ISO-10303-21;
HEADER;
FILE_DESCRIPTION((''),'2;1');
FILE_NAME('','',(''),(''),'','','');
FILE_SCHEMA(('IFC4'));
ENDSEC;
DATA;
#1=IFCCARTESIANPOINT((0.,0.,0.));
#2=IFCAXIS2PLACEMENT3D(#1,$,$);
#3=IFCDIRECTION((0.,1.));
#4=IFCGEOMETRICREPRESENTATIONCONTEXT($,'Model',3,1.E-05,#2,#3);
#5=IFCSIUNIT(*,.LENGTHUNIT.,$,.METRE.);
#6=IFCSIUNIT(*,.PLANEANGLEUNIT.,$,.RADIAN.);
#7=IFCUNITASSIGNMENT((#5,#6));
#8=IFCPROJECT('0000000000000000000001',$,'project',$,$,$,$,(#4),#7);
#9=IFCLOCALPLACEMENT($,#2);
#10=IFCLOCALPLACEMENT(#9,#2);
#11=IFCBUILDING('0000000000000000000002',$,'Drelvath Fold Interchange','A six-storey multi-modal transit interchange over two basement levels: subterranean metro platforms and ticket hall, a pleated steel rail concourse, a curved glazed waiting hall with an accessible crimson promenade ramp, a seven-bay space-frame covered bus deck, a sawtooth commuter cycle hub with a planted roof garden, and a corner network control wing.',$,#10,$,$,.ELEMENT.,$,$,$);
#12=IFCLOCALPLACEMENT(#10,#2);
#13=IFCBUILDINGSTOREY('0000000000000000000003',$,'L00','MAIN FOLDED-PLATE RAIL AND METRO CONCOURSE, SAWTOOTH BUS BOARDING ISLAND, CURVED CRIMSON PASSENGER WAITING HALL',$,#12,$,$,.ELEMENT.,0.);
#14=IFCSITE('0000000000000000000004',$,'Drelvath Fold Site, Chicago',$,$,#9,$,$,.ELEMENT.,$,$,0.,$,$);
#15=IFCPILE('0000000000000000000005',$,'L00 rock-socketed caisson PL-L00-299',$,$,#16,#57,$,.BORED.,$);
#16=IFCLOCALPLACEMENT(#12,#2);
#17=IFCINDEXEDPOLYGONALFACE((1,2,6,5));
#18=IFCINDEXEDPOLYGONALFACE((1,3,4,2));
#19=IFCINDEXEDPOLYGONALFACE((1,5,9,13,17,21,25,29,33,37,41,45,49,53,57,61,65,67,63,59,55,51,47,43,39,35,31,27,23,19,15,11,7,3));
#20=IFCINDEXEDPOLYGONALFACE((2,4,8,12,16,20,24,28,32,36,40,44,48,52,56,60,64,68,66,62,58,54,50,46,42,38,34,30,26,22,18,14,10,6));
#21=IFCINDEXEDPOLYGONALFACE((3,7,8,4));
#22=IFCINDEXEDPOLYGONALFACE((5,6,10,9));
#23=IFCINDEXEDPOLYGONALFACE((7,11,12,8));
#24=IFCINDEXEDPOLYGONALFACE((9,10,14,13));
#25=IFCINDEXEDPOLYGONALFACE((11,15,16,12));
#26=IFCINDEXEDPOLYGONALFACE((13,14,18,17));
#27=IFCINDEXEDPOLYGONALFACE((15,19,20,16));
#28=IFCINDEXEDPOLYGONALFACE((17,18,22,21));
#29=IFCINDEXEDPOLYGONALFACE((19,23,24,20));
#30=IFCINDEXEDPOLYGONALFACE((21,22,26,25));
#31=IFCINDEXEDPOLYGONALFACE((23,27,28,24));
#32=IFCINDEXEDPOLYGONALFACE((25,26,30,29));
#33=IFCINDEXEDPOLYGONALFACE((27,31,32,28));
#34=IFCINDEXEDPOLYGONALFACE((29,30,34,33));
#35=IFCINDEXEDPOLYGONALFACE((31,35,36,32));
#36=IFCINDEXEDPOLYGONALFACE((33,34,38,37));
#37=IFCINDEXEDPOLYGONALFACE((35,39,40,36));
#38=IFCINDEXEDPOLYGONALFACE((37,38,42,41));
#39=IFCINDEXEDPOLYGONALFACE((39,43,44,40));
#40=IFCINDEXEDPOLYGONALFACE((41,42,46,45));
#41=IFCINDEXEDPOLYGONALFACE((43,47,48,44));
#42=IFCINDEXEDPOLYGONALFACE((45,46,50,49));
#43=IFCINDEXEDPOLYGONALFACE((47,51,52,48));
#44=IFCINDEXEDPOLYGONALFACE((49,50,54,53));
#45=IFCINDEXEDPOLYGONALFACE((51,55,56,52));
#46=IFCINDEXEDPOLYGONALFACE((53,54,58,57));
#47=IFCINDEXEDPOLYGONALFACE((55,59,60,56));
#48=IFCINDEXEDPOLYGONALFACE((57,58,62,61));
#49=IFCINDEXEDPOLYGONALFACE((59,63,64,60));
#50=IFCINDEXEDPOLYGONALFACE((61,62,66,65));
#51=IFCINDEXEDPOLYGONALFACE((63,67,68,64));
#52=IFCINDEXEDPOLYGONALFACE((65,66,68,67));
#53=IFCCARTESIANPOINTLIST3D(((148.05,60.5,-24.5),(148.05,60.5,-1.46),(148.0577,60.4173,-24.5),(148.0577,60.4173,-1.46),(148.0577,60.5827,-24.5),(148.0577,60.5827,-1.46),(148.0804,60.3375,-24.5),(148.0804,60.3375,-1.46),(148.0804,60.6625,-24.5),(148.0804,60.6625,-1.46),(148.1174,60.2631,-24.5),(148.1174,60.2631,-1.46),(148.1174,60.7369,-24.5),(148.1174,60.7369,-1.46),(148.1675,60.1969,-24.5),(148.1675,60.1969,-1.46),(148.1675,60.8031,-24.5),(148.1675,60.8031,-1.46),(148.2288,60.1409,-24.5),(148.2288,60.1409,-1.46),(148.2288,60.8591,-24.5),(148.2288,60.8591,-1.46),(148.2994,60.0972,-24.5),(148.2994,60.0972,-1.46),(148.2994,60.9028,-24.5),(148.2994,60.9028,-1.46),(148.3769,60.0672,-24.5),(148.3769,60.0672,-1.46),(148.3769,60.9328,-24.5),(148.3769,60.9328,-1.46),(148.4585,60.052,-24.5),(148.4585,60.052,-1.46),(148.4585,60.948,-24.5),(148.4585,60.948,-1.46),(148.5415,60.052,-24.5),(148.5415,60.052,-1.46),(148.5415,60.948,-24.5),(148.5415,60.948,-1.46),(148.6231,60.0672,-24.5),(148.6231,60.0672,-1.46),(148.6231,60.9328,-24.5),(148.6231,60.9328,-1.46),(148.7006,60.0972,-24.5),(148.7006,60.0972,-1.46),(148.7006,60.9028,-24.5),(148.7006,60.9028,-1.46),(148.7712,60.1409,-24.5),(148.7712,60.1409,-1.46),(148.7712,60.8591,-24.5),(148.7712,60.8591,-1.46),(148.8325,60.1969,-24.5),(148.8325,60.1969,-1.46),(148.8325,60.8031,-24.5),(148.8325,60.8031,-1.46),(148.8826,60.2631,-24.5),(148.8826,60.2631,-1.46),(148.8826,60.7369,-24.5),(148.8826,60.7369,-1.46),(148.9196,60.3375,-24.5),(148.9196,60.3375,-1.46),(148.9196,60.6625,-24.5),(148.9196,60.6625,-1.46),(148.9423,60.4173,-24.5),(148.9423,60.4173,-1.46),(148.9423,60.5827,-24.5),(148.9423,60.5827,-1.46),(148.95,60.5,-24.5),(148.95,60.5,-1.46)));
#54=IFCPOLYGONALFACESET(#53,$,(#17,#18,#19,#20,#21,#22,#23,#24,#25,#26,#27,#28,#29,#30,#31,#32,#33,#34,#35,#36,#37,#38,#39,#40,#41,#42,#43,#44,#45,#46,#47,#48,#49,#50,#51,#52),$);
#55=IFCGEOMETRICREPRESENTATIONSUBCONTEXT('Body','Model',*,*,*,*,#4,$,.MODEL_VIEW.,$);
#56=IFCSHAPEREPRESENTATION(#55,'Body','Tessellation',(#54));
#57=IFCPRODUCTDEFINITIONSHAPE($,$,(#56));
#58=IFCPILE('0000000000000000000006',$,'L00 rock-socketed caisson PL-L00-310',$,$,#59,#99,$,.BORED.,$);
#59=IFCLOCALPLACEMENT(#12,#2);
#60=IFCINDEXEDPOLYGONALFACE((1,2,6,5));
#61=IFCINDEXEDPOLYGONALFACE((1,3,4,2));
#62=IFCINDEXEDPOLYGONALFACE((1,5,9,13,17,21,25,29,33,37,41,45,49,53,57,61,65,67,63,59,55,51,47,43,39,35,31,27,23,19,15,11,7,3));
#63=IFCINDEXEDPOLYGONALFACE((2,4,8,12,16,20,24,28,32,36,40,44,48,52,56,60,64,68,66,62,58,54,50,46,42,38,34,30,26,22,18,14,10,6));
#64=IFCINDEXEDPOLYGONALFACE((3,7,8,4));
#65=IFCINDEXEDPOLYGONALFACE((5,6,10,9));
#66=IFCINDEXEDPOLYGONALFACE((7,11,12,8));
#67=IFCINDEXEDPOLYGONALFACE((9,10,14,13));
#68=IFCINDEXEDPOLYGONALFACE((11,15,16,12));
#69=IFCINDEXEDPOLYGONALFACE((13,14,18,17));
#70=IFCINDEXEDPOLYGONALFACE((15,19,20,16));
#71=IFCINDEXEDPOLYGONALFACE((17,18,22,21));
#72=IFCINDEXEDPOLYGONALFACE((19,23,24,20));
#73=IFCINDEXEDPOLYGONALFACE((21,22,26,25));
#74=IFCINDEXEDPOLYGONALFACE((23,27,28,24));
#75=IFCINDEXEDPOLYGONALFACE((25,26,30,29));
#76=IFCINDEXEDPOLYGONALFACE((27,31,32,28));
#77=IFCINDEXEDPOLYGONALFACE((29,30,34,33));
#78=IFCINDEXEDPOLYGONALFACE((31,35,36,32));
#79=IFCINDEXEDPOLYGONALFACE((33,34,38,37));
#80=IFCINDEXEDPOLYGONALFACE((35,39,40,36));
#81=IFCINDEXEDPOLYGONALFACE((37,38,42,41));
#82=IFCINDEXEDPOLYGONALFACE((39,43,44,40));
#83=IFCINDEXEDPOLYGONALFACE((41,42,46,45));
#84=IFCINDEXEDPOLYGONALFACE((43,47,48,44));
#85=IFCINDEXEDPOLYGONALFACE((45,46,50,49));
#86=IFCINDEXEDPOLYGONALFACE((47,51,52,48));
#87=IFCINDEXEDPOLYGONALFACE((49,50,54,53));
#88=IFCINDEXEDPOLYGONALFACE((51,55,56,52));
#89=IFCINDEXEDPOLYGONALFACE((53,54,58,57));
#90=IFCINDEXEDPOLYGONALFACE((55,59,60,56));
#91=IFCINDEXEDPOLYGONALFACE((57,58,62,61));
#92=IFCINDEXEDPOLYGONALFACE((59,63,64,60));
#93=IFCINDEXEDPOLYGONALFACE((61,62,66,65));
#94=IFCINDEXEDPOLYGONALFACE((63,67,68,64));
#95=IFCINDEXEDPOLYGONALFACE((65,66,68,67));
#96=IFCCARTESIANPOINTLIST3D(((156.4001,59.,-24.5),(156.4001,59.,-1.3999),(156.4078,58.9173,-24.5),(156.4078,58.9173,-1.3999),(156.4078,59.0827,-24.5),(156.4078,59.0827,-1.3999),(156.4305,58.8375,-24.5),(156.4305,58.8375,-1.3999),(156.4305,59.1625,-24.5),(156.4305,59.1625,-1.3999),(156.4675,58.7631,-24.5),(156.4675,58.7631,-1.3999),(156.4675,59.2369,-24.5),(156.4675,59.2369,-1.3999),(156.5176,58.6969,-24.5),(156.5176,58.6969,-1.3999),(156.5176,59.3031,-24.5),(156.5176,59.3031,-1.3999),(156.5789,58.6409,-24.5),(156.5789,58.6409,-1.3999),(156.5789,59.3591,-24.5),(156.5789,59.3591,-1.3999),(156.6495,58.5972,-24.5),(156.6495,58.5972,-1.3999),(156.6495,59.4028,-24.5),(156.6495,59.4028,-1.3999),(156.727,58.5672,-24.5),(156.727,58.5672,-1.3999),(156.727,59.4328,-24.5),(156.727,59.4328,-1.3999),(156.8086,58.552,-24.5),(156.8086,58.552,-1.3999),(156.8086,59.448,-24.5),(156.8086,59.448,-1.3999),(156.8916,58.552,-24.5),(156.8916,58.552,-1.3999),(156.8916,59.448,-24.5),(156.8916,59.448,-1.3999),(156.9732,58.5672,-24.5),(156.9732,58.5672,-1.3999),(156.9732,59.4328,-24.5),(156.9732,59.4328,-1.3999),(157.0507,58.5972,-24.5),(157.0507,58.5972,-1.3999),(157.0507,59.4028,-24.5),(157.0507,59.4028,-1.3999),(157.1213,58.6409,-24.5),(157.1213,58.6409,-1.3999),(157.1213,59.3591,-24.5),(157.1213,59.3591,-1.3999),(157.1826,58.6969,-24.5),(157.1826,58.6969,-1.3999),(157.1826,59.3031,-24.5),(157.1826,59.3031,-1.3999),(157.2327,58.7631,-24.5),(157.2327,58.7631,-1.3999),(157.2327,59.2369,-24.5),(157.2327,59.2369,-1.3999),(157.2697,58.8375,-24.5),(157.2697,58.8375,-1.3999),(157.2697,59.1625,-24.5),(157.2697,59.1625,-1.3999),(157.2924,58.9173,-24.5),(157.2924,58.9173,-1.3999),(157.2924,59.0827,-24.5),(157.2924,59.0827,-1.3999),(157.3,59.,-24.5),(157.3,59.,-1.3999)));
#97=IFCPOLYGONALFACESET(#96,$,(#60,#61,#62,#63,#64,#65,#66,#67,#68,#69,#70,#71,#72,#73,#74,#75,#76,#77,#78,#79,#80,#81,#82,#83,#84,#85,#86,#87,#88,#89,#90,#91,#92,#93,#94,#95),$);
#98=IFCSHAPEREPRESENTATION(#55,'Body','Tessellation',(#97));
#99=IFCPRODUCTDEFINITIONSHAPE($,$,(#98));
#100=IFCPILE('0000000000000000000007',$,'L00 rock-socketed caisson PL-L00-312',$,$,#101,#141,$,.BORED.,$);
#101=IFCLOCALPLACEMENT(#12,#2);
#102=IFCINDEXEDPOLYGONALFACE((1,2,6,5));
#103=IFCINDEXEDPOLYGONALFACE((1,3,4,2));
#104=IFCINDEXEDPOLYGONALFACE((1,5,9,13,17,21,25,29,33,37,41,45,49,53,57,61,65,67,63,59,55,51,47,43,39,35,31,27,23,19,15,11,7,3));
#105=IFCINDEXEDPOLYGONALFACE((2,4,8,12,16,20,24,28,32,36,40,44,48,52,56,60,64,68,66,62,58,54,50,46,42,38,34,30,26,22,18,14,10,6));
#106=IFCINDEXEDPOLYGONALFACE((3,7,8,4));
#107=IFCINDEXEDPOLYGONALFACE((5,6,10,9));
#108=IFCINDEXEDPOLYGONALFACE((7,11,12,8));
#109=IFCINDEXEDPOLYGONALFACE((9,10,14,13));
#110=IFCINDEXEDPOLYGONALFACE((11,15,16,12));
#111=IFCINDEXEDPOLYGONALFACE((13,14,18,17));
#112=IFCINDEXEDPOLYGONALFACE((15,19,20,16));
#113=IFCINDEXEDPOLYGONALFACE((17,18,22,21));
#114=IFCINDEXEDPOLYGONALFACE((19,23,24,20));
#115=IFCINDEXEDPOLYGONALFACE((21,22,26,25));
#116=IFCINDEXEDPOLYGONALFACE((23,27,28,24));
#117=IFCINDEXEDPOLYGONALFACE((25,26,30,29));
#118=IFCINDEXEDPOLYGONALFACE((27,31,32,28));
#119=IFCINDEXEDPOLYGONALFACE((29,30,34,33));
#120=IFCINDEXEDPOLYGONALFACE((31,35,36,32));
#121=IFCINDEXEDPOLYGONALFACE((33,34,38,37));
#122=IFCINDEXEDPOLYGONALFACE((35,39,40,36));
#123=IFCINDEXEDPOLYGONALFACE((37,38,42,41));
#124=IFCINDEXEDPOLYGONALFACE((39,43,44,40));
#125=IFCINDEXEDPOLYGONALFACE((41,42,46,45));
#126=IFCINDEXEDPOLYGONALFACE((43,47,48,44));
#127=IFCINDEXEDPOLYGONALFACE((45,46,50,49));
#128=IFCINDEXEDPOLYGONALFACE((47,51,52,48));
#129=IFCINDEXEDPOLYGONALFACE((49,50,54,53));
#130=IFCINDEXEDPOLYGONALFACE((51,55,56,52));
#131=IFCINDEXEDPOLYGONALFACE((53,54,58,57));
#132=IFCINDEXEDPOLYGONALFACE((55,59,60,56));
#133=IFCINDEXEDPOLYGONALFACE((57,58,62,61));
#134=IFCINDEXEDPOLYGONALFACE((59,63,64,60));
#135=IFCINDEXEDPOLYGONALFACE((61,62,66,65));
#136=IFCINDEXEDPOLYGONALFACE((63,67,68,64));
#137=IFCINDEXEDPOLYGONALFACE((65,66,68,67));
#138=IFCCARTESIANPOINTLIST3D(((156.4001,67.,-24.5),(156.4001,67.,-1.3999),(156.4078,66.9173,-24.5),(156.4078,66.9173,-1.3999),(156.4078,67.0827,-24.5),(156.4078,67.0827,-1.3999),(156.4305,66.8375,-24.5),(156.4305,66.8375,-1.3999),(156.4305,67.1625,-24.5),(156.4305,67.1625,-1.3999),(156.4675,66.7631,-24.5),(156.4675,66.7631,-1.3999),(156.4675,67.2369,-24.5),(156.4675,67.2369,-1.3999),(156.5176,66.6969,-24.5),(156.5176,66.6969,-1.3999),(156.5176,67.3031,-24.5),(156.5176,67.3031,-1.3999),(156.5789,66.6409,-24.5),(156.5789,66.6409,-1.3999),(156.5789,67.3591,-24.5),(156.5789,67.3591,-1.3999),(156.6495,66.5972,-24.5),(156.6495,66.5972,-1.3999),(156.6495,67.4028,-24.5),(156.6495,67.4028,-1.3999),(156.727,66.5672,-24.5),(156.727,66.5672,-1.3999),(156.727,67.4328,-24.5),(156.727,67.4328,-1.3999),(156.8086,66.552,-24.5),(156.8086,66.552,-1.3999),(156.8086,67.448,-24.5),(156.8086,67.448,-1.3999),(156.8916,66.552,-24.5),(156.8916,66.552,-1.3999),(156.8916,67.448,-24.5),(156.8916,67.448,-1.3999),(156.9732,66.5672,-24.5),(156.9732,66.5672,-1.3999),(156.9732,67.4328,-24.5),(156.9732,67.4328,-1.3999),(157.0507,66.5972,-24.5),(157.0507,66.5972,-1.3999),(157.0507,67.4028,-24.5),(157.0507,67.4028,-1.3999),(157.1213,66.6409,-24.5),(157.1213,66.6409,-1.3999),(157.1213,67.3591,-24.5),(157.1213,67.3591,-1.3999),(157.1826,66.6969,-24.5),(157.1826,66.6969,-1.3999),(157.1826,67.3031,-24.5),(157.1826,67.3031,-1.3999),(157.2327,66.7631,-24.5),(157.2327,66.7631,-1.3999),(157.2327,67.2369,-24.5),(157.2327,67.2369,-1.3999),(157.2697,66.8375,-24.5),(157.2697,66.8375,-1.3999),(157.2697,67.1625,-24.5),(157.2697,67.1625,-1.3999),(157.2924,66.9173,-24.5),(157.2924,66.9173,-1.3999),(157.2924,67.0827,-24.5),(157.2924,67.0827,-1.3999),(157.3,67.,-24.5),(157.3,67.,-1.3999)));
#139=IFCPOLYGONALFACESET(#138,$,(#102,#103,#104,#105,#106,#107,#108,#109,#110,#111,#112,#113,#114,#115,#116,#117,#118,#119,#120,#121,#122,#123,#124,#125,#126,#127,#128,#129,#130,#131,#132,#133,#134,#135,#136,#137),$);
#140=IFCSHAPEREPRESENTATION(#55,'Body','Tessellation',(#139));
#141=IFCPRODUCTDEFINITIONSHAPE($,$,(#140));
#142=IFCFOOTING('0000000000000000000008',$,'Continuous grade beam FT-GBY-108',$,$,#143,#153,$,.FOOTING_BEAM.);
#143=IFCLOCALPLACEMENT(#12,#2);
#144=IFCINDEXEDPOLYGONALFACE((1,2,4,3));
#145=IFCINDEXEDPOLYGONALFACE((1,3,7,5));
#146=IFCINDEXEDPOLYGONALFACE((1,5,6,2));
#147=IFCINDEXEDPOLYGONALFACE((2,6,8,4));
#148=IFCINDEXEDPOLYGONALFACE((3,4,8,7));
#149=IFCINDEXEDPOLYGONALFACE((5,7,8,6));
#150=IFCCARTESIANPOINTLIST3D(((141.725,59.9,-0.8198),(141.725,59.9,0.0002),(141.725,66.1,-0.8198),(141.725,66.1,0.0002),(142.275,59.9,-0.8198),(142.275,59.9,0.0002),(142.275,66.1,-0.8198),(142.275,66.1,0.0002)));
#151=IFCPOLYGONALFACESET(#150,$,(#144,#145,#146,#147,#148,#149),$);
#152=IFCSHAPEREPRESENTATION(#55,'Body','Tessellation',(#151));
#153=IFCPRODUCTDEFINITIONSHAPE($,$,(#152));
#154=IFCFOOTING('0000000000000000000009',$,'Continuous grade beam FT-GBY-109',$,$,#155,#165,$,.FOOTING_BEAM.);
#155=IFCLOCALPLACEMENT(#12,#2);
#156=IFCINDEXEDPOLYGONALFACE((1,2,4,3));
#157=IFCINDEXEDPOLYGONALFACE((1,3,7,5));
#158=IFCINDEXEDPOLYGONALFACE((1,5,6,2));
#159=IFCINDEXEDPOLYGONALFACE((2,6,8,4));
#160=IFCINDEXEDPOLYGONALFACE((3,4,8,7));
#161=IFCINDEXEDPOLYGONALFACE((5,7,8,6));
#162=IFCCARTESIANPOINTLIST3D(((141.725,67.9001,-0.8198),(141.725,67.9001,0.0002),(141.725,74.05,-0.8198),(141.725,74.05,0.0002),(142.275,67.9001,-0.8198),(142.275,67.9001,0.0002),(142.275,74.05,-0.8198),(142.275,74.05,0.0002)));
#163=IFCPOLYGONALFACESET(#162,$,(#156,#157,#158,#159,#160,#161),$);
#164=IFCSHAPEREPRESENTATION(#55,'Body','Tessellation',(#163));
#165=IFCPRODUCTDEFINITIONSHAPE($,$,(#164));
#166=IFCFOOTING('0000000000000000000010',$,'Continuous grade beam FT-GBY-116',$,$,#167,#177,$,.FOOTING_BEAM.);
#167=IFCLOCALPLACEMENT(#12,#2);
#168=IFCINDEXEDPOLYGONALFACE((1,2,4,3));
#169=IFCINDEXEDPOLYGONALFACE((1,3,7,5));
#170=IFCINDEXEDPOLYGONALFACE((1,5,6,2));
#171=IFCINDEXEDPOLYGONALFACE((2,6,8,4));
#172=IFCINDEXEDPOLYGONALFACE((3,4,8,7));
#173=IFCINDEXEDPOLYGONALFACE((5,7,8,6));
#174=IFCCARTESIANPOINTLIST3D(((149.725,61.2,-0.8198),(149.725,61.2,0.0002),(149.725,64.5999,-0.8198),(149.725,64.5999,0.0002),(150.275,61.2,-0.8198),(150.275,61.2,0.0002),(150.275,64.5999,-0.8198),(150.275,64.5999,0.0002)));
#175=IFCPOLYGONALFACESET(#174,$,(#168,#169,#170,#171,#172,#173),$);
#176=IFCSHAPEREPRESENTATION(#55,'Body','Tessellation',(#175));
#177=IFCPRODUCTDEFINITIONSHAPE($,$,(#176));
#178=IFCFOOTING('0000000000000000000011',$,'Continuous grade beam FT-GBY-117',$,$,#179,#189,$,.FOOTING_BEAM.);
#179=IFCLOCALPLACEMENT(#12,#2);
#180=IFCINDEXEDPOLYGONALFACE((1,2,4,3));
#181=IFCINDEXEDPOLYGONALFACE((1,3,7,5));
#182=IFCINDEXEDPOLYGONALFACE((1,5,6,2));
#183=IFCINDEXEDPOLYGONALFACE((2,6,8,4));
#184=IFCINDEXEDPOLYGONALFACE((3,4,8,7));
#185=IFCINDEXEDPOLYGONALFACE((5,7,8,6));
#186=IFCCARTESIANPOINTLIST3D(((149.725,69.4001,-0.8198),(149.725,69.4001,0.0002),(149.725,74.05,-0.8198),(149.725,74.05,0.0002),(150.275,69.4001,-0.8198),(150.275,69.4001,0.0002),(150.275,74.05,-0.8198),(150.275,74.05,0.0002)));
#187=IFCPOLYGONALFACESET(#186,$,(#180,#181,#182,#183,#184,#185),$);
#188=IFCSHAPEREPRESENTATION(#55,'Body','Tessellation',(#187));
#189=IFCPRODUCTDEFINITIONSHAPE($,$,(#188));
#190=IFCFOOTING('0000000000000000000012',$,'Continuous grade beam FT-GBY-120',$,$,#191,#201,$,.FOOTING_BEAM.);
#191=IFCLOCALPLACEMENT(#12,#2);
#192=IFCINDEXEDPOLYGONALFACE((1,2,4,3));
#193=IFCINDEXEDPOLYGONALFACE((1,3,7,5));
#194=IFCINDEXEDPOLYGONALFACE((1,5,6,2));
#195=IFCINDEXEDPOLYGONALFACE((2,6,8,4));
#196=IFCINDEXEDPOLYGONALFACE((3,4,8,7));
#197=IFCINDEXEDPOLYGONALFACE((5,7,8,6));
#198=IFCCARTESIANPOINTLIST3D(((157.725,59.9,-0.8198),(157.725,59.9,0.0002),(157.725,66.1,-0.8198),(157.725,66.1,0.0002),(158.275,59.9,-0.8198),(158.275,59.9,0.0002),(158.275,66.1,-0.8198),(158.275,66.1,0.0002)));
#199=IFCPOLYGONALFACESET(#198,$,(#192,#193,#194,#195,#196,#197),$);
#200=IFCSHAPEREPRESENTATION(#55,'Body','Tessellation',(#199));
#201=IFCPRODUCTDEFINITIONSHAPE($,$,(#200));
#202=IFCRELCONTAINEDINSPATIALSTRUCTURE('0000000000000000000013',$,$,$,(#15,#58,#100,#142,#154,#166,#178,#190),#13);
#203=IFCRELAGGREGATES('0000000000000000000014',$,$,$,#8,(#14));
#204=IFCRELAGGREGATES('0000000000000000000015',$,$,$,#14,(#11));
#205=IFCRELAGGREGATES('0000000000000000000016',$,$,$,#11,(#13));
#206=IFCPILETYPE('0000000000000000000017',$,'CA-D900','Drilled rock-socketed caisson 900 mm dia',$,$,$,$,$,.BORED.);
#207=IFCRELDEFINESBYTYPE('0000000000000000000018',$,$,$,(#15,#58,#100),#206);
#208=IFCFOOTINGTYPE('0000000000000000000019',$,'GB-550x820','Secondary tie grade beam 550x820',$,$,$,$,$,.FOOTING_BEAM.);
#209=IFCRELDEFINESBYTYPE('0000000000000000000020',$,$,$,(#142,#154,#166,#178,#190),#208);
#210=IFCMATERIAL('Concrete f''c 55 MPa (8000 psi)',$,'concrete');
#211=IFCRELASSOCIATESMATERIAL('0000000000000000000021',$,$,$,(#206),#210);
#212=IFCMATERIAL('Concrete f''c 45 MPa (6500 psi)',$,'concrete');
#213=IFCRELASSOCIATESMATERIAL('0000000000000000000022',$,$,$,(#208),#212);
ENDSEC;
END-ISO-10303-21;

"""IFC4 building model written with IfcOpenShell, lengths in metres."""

from ifc_helpers import new_model, si_unit, direction, frame, origin, origin_2d, place, context, subcontext, project, spatial, rectangle, circle, extrude, material, material_profile, profile_set, type_object, element, save


model = new_model("IFC4")

# Units and contexts
model_context = context("Model", 3, precision=1e-05, world=origin(), true_north=direction((0.0, 1.0)))
body_context = subcontext(model_context, "Body", "Model", "MODEL_VIEW")
ifc_project = project(units=[si_unit("LENGTHUNIT", "METRE"), si_unit("PLANEANGLEUNIT", "RADIAN")], contexts=[model_context])

# Site, building, storey
site_placement = place(None, origin())
site = spatial("IfcSite", under=ifc_project, at=site_placement, Name="Drelvath Fold Site, Chicago", CompositionType="ELEMENT", RefElevation=0.0)
building_placement = place(site_placement, origin())
building = spatial("IfcBuilding", under=site, at=building_placement, Name="Drelvath Fold Interchange", Description="A six-storey multi-modal transit interchange over two basement levels: subterranean metro platforms and ticket hall, a pleated steel rail concourse, a curved glazed waiting hall with an accessible crimson promenade ramp, a seven-bay space-frame covered bus deck, a sawtooth commuter cycle hub with a planted roof garden, and a corner network control wing.", CompositionType="ELEMENT")
storey_placement = place(building_placement, origin())
storey = spatial("IfcBuildingStorey", under=building, at=storey_placement, Name="L00", Description="MAIN FOLDED-PLATE RAIL AND METRO CONCOURSE, SAWTOOTH BUS BOARDING ISLAND, CURVED CRIMSON PASSENGER WAITING HALL", CompositionType="ELEMENT", Elevation=0.0)

# Piles
ifc_material_1 = material(Name="Concrete f'c 55 MPa (8000 psi)", Category="concrete")
ifc_material_profile_1 = material_profile(ifc_material_1, circle(Radius=0.45, at=origin_2d()), Name="CAISSON D900")
ifc_profile_set_1 = profile_set([ifc_material_profile_1], Name="Concrete f'c 55 MPa (8000 psi)")
pile_type_1 = type_object("IfcPileType", Name="CA-D900", Description="Drilled rock-socketed caisson 900 mm dia", PredefinedType="BORED", material=ifc_profile_set_1)
for number, where, z_axis, x_axis, name in (
    (1, (148.5, 60.5, -1.46), (0.0, 0.0, -1.0), (1.0, 0.0, 0.0), "L00 rock-socketed caisson PL-L00-299"),
):
    element("IfcPile", number, at=place(storey_placement, frame(where, z_axis=z_axis, x_axis=x_axis)), inside=storey, type_object=pile_type_1, Name=name, PredefinedType="BORED", context=body_context, shape_type="SweptSolid", body=[
        extrude(circle(Radius=0.45, at=origin_2d()), origin(), (0.0, 0.0, 1.0), 23.04),
    ])
for number, where, z_axis, x_axis, name in (
    (2, (156.8501, 59.0, -1.3999), (0.0, 0.0, -1.0), (1.0, 0.0, 0.0), "L00 rock-socketed caisson PL-L00-310"),
    (3, (156.8501, 67.0, -1.3999), (0.0, 0.0, -1.0), (1.0, 0.0, 0.0), "L00 rock-socketed caisson PL-L00-312"),
):
    element("IfcPile", number, at=place(storey_placement, frame(where, z_axis=z_axis, x_axis=x_axis)), inside=storey, type_object=pile_type_1, Name=name, PredefinedType="BORED", context=body_context, shape_type="SweptSolid", body=[
        extrude(circle(Radius=0.45, at=origin_2d()), origin(), (0.0, 0.0, 1.0), 23.1001),
    ])

# Footings
ifc_material_2 = material(Name="Concrete f'c 45 MPa (6500 psi)", Category="concrete")
footing_type_1 = type_object("IfcFootingType", Name="GB-550x820", Description="Secondary tie grade beam 550x820", PredefinedType="FOOTING_BEAM", material=ifc_material_2)
footing_1_placement = place(storey_placement, frame((142.0, 63.0, -0.8198), z_axis=(0.0, 0.0, 1.0), x_axis=(1.0, 0.0, 0.0)))
element("IfcFooting", 4, at=footing_1_placement, inside=storey, type_object=footing_type_1, Name="Continuous grade beam FT-GBY-108", PredefinedType="FOOTING_BEAM", context=body_context, shape_type="SweptSolid", body=[
    extrude(rectangle(XDim=0.55, YDim=6.2, at=origin_2d()), origin(), (0.0, 0.0, 1.0), 0.8201),
])
footing_2_placement = place(storey_placement, frame((142.0, 70.9751, -0.8198), z_axis=(0.0, 0.0, 1.0), x_axis=(1.0, 0.0, 0.0)))
element("IfcFooting", 5, at=footing_2_placement, inside=storey, type_object=footing_type_1, Name="Continuous grade beam FT-GBY-109", PredefinedType="FOOTING_BEAM", context=body_context, shape_type="SweptSolid", body=[
    extrude(rectangle(XDim=0.55, YDim=6.1499, at=origin_2d()), origin(), (0.0, 0.0, 1.0), 0.8201),
])
footing_3_placement = place(storey_placement, frame((150.0, 62.8999, -0.8198), z_axis=(0.0, 0.0, 1.0), x_axis=(1.0, 0.0, 0.0)))
element("IfcFooting", 6, at=footing_3_placement, inside=storey, type_object=footing_type_1, Name="Continuous grade beam FT-GBY-116", PredefinedType="FOOTING_BEAM", context=body_context, shape_type="SweptSolid", body=[
    extrude(rectangle(XDim=0.55, YDim=3.3999, at=origin_2d()), origin(), (0.0, 0.0, 1.0), 0.8201),
])
footing_4_placement = place(storey_placement, frame((150.0, 71.7251, -0.8198), z_axis=(0.0, 0.0, 1.0), x_axis=(1.0, 0.0, 0.0)))
element("IfcFooting", 7, at=footing_4_placement, inside=storey, type_object=footing_type_1, Name="Continuous grade beam FT-GBY-117", PredefinedType="FOOTING_BEAM", context=body_context, shape_type="SweptSolid", body=[
    extrude(rectangle(XDim=0.55, YDim=4.6499, at=origin_2d()), origin(), (0.0, 0.0, 1.0), 0.8201),
])
footing_5_placement = place(storey_placement, frame((158.0, 63.0, -0.8198), z_axis=(0.0, 0.0, 1.0), x_axis=(1.0, 0.0, 0.0)))
element("IfcFooting", 8, at=footing_5_placement, inside=storey, type_object=footing_type_1, Name="Continuous grade beam FT-GBY-120", PredefinedType="FOOTING_BEAM", context=body_context, shape_type="SweptSolid", body=[
    extrude(rectangle(XDim=0.55, YDim=6.2, at=origin_2d()), origin(), (0.0, 0.0, 1.0), 0.8201),
])

save(model, "model.ifc")
